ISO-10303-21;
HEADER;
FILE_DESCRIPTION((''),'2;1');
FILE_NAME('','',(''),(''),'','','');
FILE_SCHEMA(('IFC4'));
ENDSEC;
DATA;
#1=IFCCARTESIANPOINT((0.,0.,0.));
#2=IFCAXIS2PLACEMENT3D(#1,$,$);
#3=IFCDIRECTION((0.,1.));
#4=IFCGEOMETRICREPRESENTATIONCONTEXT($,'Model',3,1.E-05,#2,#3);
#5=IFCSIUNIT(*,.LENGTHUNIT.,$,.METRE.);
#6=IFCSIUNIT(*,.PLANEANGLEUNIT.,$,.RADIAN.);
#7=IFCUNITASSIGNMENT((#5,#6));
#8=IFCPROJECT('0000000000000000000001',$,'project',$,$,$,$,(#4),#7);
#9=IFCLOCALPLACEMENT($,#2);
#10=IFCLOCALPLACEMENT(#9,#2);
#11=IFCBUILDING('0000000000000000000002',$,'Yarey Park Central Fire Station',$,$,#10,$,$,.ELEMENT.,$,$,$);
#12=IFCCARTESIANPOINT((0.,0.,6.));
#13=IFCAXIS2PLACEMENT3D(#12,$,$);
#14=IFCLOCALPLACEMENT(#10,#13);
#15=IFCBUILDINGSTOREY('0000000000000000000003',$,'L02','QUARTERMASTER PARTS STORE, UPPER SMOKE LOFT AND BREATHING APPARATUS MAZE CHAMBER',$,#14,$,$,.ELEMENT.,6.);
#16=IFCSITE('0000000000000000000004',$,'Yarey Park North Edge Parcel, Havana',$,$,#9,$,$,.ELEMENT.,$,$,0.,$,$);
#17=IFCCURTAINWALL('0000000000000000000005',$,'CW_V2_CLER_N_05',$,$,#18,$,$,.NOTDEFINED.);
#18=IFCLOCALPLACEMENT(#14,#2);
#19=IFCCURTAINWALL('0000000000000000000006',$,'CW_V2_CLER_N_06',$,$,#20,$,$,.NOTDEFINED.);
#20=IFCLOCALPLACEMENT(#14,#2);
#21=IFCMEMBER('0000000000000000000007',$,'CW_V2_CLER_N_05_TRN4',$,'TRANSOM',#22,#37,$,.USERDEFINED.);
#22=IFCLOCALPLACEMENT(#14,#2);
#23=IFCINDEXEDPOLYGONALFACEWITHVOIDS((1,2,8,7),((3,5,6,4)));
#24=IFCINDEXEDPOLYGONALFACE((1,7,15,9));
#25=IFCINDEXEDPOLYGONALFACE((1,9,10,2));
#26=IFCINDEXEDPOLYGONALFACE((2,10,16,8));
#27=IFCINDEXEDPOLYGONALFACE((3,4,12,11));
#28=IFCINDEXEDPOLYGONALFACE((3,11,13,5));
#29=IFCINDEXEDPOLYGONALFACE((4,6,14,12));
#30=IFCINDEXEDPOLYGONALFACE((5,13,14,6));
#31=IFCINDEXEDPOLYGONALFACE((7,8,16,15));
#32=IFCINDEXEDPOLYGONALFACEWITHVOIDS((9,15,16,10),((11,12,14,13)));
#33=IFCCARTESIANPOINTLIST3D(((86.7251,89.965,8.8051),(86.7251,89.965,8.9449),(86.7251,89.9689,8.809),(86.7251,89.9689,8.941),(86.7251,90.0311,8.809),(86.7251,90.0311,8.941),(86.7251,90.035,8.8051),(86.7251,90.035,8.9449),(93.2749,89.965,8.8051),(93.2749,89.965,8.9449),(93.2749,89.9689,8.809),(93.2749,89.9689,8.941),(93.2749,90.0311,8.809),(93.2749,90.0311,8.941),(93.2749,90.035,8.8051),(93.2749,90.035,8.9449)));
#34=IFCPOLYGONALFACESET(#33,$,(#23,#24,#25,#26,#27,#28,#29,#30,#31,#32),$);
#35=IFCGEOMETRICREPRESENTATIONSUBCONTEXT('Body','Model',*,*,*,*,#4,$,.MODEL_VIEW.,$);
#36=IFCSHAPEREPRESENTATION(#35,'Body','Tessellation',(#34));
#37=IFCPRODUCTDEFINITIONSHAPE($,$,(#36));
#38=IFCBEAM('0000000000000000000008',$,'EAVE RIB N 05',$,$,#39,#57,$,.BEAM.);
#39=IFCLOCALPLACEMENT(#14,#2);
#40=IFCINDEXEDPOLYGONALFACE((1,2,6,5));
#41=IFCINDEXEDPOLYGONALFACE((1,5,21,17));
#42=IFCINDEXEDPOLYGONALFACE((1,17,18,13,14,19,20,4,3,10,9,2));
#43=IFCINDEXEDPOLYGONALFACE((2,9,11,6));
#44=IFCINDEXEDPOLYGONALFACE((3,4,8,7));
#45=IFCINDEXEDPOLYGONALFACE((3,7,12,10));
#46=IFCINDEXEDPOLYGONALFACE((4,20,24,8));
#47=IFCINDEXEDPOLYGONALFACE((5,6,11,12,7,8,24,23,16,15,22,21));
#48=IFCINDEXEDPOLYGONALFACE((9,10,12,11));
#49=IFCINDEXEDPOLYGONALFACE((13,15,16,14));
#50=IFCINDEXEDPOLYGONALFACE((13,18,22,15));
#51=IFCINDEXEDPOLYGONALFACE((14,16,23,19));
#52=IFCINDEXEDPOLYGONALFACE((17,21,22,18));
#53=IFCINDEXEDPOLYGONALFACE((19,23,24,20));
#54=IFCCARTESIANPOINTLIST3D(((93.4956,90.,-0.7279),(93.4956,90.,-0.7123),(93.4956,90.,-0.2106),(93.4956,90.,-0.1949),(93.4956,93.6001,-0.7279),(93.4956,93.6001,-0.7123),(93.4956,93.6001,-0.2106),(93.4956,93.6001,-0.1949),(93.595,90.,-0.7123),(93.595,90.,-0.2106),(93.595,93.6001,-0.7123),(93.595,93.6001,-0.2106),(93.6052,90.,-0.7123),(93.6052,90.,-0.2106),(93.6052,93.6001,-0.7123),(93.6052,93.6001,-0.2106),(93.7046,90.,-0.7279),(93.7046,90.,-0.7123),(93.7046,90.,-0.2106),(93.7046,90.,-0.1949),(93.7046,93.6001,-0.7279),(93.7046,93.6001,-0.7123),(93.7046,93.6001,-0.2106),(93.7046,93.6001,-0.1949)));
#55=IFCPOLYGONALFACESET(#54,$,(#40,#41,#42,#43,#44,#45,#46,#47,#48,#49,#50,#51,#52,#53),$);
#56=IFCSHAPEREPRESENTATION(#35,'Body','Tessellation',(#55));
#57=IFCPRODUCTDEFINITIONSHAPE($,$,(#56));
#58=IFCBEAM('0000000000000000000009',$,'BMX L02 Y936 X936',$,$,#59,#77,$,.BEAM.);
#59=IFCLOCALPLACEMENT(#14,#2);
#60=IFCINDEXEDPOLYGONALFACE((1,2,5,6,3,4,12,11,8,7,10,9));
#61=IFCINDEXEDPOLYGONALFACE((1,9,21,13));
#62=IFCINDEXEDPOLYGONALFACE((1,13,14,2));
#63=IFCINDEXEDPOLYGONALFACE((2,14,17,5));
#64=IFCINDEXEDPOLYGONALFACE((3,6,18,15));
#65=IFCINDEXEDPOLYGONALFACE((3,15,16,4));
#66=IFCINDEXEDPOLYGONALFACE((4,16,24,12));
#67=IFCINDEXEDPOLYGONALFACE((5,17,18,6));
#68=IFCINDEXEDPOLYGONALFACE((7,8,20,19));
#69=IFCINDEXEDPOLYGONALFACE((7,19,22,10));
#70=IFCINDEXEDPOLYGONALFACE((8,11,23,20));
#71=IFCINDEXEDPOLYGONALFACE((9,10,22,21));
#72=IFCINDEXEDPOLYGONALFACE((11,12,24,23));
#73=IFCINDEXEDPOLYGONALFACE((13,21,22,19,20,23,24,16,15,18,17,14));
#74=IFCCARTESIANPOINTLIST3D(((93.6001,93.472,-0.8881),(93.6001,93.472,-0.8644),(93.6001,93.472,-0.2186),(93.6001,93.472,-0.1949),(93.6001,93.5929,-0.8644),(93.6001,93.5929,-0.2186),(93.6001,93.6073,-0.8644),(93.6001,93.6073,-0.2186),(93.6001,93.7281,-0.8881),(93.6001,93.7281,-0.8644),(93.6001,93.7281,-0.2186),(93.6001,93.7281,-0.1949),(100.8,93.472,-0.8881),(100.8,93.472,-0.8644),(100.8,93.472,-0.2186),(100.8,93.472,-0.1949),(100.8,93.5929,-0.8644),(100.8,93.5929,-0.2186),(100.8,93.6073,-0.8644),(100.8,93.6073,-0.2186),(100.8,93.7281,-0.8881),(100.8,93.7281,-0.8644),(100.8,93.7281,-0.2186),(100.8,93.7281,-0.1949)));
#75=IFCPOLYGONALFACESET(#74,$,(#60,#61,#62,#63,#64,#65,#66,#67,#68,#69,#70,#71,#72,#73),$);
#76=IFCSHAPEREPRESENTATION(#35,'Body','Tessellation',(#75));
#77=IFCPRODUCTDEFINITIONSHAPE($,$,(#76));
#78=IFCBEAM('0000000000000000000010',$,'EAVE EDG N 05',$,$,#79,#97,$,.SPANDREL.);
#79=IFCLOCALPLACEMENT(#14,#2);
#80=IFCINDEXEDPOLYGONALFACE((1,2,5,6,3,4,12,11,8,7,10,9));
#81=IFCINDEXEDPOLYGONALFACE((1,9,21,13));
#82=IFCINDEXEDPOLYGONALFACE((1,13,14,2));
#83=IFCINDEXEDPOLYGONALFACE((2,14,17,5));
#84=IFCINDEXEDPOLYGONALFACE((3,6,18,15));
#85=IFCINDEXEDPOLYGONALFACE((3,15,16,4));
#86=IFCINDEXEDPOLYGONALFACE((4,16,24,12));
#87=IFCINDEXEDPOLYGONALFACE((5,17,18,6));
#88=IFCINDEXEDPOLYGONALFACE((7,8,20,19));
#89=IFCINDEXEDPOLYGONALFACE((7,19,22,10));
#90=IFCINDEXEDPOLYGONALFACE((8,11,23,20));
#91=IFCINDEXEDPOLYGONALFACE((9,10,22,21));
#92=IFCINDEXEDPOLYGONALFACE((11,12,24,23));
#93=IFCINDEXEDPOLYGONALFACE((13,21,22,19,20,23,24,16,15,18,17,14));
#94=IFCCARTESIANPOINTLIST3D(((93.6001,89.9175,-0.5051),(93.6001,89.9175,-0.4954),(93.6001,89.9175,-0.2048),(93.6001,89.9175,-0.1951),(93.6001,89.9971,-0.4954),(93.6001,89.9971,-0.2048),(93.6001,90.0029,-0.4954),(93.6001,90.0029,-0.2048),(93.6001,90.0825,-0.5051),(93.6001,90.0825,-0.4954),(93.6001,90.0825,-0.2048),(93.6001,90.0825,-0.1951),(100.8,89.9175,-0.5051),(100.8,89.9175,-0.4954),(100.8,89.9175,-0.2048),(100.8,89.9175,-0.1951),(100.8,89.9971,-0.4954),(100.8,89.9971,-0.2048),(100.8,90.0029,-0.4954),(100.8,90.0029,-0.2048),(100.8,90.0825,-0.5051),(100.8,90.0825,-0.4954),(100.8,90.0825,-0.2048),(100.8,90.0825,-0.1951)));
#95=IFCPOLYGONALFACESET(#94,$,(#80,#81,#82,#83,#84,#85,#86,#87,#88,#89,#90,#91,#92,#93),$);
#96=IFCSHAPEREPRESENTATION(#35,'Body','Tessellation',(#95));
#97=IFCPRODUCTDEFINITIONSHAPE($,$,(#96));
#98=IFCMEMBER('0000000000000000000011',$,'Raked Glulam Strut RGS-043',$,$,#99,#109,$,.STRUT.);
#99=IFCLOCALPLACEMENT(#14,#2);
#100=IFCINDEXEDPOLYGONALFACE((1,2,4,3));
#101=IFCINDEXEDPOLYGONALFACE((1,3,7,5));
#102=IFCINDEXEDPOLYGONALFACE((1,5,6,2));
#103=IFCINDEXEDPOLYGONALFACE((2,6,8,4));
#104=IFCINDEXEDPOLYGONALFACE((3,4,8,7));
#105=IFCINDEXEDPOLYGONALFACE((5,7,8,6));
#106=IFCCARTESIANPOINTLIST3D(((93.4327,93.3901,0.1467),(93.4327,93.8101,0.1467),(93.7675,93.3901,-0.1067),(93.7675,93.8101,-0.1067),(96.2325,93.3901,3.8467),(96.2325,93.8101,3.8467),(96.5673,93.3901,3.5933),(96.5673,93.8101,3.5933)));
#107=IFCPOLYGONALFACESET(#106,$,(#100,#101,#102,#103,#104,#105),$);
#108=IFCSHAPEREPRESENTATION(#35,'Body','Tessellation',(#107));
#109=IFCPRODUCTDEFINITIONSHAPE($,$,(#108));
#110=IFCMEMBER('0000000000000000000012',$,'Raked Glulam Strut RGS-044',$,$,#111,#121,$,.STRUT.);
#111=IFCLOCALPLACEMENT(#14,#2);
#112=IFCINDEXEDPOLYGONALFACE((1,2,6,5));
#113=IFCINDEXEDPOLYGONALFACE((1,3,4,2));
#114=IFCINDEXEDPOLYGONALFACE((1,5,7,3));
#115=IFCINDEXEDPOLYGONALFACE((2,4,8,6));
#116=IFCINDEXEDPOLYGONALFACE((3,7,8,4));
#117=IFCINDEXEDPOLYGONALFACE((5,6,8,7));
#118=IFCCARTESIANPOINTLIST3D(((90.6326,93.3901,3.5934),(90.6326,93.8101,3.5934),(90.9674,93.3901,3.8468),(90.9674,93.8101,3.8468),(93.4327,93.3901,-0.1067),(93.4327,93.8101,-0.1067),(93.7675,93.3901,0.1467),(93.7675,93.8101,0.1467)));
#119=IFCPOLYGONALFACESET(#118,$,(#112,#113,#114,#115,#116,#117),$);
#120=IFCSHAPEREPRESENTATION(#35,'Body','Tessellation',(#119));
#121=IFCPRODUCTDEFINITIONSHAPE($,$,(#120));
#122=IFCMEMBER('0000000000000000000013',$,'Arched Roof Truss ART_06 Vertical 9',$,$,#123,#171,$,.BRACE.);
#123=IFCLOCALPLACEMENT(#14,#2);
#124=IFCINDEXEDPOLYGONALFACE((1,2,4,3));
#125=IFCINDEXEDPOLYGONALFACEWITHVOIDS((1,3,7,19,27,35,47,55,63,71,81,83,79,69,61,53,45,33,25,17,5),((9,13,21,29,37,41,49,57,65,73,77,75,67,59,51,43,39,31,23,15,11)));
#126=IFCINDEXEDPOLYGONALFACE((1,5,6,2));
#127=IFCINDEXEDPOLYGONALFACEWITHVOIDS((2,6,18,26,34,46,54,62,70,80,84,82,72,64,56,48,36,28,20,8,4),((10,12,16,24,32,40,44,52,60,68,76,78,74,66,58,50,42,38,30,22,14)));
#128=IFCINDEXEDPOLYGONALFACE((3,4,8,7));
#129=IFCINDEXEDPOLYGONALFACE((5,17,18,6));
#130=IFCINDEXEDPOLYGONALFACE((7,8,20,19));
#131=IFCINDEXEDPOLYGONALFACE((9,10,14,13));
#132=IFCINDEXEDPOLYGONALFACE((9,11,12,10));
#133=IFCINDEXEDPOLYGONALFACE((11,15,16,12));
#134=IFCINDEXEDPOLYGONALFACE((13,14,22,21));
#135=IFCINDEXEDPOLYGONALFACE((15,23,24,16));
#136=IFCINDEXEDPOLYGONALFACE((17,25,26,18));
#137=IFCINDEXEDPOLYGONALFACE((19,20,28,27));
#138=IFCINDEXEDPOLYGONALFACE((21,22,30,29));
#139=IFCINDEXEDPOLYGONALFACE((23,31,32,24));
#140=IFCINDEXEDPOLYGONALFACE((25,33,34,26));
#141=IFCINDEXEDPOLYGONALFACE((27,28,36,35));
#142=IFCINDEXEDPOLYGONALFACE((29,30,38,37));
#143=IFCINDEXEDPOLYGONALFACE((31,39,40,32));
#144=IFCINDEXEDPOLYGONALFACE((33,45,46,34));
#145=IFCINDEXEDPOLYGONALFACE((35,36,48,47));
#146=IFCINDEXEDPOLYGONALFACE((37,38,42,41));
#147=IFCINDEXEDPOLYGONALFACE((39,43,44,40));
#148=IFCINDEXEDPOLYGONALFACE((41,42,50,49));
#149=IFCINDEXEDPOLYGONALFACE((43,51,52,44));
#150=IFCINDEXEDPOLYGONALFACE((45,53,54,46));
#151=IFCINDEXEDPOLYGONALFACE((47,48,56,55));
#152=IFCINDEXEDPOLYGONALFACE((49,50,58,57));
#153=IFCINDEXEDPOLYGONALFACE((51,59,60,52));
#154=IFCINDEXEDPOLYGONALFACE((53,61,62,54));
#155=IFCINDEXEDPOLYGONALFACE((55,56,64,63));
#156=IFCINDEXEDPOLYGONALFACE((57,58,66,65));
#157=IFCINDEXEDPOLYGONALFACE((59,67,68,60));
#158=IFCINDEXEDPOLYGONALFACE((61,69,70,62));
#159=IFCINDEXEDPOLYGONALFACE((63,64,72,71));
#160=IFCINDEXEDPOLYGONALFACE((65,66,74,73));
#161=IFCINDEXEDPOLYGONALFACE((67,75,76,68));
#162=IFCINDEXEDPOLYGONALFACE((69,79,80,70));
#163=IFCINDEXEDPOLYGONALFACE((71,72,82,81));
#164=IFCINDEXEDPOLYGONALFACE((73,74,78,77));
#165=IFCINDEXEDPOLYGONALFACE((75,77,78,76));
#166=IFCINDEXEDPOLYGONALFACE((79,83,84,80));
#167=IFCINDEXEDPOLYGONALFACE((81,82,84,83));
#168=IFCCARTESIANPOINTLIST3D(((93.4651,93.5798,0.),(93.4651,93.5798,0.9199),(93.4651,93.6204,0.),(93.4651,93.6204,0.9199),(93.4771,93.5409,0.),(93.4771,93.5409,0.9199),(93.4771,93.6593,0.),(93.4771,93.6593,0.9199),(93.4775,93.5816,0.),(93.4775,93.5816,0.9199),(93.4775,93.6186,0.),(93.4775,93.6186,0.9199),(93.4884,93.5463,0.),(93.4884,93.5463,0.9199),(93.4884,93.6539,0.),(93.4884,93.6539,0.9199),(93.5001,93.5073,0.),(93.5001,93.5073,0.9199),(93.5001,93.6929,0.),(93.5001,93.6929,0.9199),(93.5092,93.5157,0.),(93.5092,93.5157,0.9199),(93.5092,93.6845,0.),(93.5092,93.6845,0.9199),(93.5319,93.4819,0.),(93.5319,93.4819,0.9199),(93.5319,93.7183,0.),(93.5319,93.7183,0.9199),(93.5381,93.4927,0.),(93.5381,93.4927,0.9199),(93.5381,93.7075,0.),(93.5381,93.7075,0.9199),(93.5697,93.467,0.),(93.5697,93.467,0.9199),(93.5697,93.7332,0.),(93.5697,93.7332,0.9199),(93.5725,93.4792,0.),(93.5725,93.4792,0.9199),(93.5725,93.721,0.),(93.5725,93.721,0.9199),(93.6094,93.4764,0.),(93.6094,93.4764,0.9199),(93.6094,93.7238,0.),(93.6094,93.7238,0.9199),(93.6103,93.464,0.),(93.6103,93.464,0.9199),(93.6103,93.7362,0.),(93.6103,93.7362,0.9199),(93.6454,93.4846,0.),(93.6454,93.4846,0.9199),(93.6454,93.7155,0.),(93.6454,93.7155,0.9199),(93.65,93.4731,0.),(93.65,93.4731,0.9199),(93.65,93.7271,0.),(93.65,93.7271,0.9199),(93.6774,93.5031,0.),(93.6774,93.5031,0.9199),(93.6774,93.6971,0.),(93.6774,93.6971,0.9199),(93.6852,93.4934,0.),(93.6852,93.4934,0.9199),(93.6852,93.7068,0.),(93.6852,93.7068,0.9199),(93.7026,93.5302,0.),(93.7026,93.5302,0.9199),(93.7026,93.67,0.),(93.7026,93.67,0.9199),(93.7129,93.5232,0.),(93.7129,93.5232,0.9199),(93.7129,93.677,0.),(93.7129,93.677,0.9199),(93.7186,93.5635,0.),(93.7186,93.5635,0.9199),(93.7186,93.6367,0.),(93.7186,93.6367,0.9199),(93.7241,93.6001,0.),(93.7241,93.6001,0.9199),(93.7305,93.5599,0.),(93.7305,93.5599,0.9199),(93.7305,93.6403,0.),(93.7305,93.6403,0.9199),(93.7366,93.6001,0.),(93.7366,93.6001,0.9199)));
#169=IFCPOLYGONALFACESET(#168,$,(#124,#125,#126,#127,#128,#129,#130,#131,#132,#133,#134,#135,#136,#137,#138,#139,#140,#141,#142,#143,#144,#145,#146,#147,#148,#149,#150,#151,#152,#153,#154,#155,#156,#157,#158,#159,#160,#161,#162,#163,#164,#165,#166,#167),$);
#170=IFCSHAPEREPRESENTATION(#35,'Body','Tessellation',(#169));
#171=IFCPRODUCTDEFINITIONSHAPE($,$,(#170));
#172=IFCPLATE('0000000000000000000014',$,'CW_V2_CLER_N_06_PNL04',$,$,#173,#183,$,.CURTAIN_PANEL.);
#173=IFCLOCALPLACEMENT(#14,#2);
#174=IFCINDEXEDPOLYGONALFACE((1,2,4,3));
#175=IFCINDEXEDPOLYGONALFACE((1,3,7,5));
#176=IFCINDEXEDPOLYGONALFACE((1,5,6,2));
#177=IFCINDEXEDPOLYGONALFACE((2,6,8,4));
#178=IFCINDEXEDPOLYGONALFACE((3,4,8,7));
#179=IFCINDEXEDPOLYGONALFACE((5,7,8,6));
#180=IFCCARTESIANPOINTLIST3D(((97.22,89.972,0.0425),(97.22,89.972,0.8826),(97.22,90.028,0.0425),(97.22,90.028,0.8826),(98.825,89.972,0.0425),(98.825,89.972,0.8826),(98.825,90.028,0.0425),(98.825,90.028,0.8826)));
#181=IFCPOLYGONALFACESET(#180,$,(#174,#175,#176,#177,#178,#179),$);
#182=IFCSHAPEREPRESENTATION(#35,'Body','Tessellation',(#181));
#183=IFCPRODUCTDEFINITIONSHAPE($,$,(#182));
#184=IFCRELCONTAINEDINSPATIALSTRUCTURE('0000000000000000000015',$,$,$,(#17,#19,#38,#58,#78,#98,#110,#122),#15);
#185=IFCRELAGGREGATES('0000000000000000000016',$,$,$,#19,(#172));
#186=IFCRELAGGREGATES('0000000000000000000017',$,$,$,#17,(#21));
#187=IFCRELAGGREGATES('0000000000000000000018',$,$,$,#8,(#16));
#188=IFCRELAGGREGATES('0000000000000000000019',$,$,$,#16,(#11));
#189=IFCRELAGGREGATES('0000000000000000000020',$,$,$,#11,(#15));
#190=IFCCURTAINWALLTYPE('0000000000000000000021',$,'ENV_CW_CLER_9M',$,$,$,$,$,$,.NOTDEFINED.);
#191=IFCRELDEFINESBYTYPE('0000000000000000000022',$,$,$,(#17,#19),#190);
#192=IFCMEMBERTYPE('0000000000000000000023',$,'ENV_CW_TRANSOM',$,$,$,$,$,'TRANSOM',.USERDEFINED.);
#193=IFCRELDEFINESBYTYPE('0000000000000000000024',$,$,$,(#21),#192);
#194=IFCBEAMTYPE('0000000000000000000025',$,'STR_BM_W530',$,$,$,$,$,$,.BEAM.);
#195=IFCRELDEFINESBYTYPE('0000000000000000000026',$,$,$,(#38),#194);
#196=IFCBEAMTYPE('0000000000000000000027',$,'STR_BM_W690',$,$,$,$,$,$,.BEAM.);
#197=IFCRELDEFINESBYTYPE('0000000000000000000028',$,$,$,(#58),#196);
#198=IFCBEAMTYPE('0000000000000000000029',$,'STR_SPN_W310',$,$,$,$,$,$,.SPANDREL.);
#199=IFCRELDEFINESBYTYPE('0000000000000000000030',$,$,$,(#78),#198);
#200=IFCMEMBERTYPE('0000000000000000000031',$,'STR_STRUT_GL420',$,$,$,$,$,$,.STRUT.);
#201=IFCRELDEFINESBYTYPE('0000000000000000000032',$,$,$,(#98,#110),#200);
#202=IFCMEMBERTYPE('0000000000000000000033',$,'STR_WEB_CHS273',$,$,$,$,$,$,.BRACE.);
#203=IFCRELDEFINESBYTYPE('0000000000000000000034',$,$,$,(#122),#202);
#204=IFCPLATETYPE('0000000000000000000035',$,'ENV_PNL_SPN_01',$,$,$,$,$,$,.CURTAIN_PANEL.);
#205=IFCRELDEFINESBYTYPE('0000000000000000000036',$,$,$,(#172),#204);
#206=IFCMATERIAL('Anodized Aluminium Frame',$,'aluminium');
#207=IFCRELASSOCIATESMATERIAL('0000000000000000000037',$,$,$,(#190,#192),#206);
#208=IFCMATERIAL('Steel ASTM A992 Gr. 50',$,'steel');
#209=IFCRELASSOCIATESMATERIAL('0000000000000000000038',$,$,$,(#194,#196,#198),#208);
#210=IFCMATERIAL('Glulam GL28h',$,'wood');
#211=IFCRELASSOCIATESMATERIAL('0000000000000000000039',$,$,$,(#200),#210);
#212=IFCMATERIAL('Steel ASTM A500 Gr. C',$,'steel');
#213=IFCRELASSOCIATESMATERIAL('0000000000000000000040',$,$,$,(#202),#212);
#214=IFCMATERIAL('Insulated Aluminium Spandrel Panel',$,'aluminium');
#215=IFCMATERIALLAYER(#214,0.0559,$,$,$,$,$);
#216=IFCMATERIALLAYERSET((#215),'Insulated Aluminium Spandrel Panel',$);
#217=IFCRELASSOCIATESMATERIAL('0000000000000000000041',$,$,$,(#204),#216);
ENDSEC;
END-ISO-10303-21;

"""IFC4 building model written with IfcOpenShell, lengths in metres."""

from ifc_helpers import new_model, si_unit, direction, frame, origin, origin_2d, place, context, subcontext, project, spatial, rectangle, hollow_rectangle, hollow_circle, i_section, extrude, material, layer, layer_set, material_profile, profile_set, type_object, element, aggregate, save


model = new_model("IFC4")

# Units and contexts
model_context = context("Model", 3, precision=1e-05, world=origin(), true_north=direction((0.0, 1.0)))
body_context = subcontext(model_context, "Body", "Model", "MODEL_VIEW")
ifc_project = project(units=[si_unit("LENGTHUNIT", "METRE"), si_unit("PLANEANGLEUNIT", "RADIAN")], contexts=[model_context])

# Site, building, storey
site_placement = place(None, origin())
site = spatial("IfcSite", under=ifc_project, at=site_placement, Name="Yarey Park North Edge Parcel, Havana", CompositionType="ELEMENT", RefElevation=0.0)
building_placement = place(site_placement, origin())
building = spatial("IfcBuilding", under=site, at=building_placement, Name="Yarey Park Central Fire Station", CompositionType="ELEMENT")
storey_placement = place(building_placement, frame((0.0, 0.0, 6.0)))
storey = spatial("IfcBuildingStorey", under=building, at=storey_placement, Name="L02", Description="QUARTERMASTER PARTS STORE, UPPER SMOKE LOFT AND BREATHING APPARATUS MAZE CHAMBER", CompositionType="ELEMENT", Elevation=6.0)

# Shared definitions
ifc_material_1 = material(Name="Steel ASTM A992 Gr. 50", Category="steel")

# Curtain walls
ifc_material_2 = material(Name="Anodized Aluminium Frame", Category="aluminium")
curtain_wall_type = type_object("IfcCurtainWallType", Name="ENV_CW_CLER_9M", PredefinedType="NOTDEFINED", material=ifc_material_2)
curtain_wall_1_placement = place(storey_placement, origin())
curtain_wall_1 = element("IfcCurtainWall", 1, at=curtain_wall_1_placement, inside=storey, type_object=curtain_wall_type, Name="CW_V2_CLER_N_05", PredefinedType="NOTDEFINED")
curtain_wall_2_placement = place(storey_placement, origin())
curtain_wall_2 = element("IfcCurtainWall", 2, at=curtain_wall_2_placement, inside=storey, type_object=curtain_wall_type, Name="CW_V2_CLER_N_06", PredefinedType="NOTDEFINED")

# Member
ifc_material_profile_1 = material_profile(ifc_material_2, hollow_rectangle(XDim=0.0701, YDim=0.1399, WallThickness=0.0039, at=origin_2d()), Name="ALU 140x70x4")
ifc_profile_set_1 = profile_set([ifc_material_profile_1], Name="Anodized Aluminium Frame")
member_type_1 = type_object("IfcMemberType", Name="ENV_CW_TRANSOM", ElementType="TRANSOM", PredefinedType="USERDEFINED", material=ifc_profile_set_1)
member_1_placement = place(storey_placement, frame((93.2749, 90.0, 8.875), z_axis=(-1.0, 0.0, 0.0), x_axis=(0.0, -1.0, 0.0)))
member_1 = element("IfcMember", 3, at=member_1_placement, type_object=member_type_1, Name="CW_V2_CLER_N_05_TRN4", ObjectType="TRANSOM", PredefinedType="USERDEFINED", context=body_context, shape_type="SweptSolid", body=[
    extrude(hollow_rectangle(XDim=0.0701, YDim=0.1399, WallThickness=0.0039, at=origin_2d()), origin(), (0.0, 0.0, 1.0), 6.5498),
])

# Beams
ifc_material_profile_2 = material_profile(ifc_material_1, i_section(OverallWidth=0.209, OverallDepth=0.533, WebThickness=0.0103, FlangeThickness=0.0156, at=origin_2d()), Name="W530x92")
ifc_profile_set_2 = profile_set([ifc_material_profile_2], Name="Steel ASTM A992 Gr. 50")
beam_type_1 = type_object("IfcBeamType", Name="STR_BM_W530", PredefinedType="BEAM", material=ifc_profile_set_2)
beam_1_placement = place(storey_placement, frame((93.6001, 90.0, -0.4614), z_axis=(0.0, 1.0, 0.0), x_axis=(-1.0, 0.0, 0.0)))
element("IfcBeam", 4, at=beam_1_placement, inside=storey, type_object=beam_type_1, Name="EAVE RIB N 05", PredefinedType="BEAM", context=body_context, shape_type="SweptSolid", body=[
    extrude(i_section(OverallWidth=0.209, OverallDepth=0.533, WebThickness=0.0103, FlangeThickness=0.0156, at=origin_2d()), origin(), (0.0, 0.0, 1.0), 3.6001),
])
ifc_material_profile_3 = material_profile(ifc_material_1, i_section(OverallWidth=0.2561, OverallDepth=0.6931, WebThickness=0.0144, FlangeThickness=0.0237, at=origin_2d()), Name="W690x170")
ifc_profile_set_3 = profile_set([ifc_material_profile_3], Name="Steel ASTM A992 Gr. 50")
beam_type_2 = type_object("IfcBeamType", Name="STR_BM_W690", PredefinedType="BEAM", material=ifc_profile_set_3)
beam_2_placement = place(storey_placement, frame((93.6001, 93.6001, -0.5415), z_axis=(1.0, 0.0, 0.0), x_axis=(0.0, 1.0, 0.0)))
element("IfcBeam", 5, at=beam_2_placement, inside=storey, type_object=beam_type_2, Name="BMX L02 Y936 X936", PredefinedType="BEAM", context=body_context, shape_type="SweptSolid", body=[
    extrude(i_section(OverallWidth=0.2561, OverallDepth=0.6931, WebThickness=0.0144, FlangeThickness=0.0237, at=origin_2d()), origin(), (0.0, 0.0, 1.0), 7.2),
])
ifc_material_profile_4 = material_profile(ifc_material_1, i_section(OverallWidth=0.165, OverallDepth=0.3101, WebThickness=0.0059, FlangeThickness=0.0098, at=origin_2d()), Name="W310x39")
ifc_profile_set_4 = profile_set([ifc_material_profile_4], Name="Steel ASTM A992 Gr. 50")
beam_type_3 = type_object("IfcBeamType", Name="STR_SPN_W310", PredefinedType="SPANDREL", material=ifc_profile_set_4)
beam_3_placement = place(storey_placement, frame((93.6001, 90.0, -0.3501), z_axis=(1.0, 0.0, 0.0), x_axis=(0.0, 1.0, 0.0)))
element("IfcBeam", 6, at=beam_3_placement, inside=storey, type_object=beam_type_3, Name="EAVE EDG N 05", PredefinedType="SPANDREL", context=body_context, shape_type="SweptSolid", body=[
    extrude(i_section(OverallWidth=0.165, OverallDepth=0.3101, WebThickness=0.0059, FlangeThickness=0.0098, at=origin_2d()), origin(), (0.0, 0.0, 1.0), 7.2),
])

# Members
ifc_material_3 = material(Name="Glulam GL28h", Category="wood")
ifc_material_profile_5 = material_profile(ifc_material_3, rectangle(XDim=0.4199, YDim=0.4199, at=origin_2d()), Name="GL 420x420")
ifc_profile_set_5 = profile_set([ifc_material_profile_5], Name="Glulam GL28h")
member_type_2 = type_object("IfcMemberType", Name="STR_STRUT_GL420", PredefinedType="STRUT", material=ifc_profile_set_5)
member_2_placement = place(storey_placement, frame((93.6001, 93.6001, 0.02), z_axis=(0.603421, 0.0, 0.797423), x_axis=(0.0, 1.0, 0.0)))
element("IfcMember", 7, at=member_2_placement, inside=storey, type_object=member_type_2, Name="Raked Glulam Strut RGS-043", PredefinedType="STRUT", context=body_context, shape_type="SweptSolid", body=[
    extrude(rectangle(XDim=0.4199, YDim=0.4199, at=origin_2d()), origin(), (0.0, 0.0, 1.0), 4.6399),
])
member_3_placement = place(storey_placement, frame((93.6001, 93.6001, 0.02), z_axis=(-0.603454, 0.0, 0.797397), x_axis=(0.0, -1.0, 0.0)))
element("IfcMember", 8, at=member_3_placement, inside=storey, type_object=member_type_2, Name="Raked Glulam Strut RGS-044", PredefinedType="STRUT", context=body_context, shape_type="SweptSolid", body=[
    extrude(rectangle(XDim=0.4199, YDim=0.4199, at=origin_2d()), origin(), (0.0, 0.0, 1.0), 4.6401),
])
ifc_material_4 = material(Name="Steel ASTM A500 Gr. C", Category="steel")
ifc_material_profile_6 = material_profile(ifc_material_4, hollow_circle(Radius=0.1365, WallThickness=0.0125, at=origin_2d()), Name="CHS 273x12.5")
ifc_profile_set_6 = profile_set([ifc_material_profile_6], Name="Steel ASTM A500 Gr. C")
member_type_3 = type_object("IfcMemberType", Name="STR_WEB_CHS273", PredefinedType="BRACE", material=ifc_profile_set_6)
member_4_placement = place(storey_placement, frame((93.6001, 93.6001, 0.0), z_axis=(0.0, 0.0, 1.0), x_axis=(1.0, 0.0, 0.0)))
element("IfcMember", 9, at=member_4_placement, inside=storey, type_object=member_type_3, Name="Arched Roof Truss ART_06 Vertical 9", PredefinedType="BRACE", context=body_context, shape_type="SweptSolid", body=[
    extrude(hollow_circle(Radius=0.1365, WallThickness=0.0125, at=origin_2d()), origin(), (0.0, 0.0, 1.0), 0.9199),
])

# Plate
ifc_material_5 = material(Name="Insulated Aluminium Spandrel Panel", Category="aluminium")
ifc_layer_1 = layer(ifc_material_5, 0.0559)
ifc_layer_set_1 = layer_set([ifc_layer_1], Name="Insulated Aluminium Spandrel Panel")
plate_type_1 = type_object("IfcPlateType", Name="ENV_PNL_SPN_01", PredefinedType="CURTAIN_PANEL", material=ifc_layer_set_1)
plate_1_placement = place(storey_placement, frame((98.0225, 90.0, 0.0425), z_axis=(0.0, 0.0, 1.0), x_axis=(-1.0, 0.0, 0.0)))
plate_1 = element("IfcPlate", 10, at=plate_1_placement, type_object=plate_type_1, Name="CW_V2_CLER_N_06_PNL04", PredefinedType="CURTAIN_PANEL", context=body_context, shape_type="SweptSolid", body=[
    extrude(rectangle(XDim=1.605, YDim=0.0559, at=origin_2d()), origin(), (0.0, 0.0, 1.0), 0.8401),
])
aggregate(curtain_wall_2, [plate_1])
aggregate(curtain_wall_1, [member_1])

save(model, "model.ifc")
